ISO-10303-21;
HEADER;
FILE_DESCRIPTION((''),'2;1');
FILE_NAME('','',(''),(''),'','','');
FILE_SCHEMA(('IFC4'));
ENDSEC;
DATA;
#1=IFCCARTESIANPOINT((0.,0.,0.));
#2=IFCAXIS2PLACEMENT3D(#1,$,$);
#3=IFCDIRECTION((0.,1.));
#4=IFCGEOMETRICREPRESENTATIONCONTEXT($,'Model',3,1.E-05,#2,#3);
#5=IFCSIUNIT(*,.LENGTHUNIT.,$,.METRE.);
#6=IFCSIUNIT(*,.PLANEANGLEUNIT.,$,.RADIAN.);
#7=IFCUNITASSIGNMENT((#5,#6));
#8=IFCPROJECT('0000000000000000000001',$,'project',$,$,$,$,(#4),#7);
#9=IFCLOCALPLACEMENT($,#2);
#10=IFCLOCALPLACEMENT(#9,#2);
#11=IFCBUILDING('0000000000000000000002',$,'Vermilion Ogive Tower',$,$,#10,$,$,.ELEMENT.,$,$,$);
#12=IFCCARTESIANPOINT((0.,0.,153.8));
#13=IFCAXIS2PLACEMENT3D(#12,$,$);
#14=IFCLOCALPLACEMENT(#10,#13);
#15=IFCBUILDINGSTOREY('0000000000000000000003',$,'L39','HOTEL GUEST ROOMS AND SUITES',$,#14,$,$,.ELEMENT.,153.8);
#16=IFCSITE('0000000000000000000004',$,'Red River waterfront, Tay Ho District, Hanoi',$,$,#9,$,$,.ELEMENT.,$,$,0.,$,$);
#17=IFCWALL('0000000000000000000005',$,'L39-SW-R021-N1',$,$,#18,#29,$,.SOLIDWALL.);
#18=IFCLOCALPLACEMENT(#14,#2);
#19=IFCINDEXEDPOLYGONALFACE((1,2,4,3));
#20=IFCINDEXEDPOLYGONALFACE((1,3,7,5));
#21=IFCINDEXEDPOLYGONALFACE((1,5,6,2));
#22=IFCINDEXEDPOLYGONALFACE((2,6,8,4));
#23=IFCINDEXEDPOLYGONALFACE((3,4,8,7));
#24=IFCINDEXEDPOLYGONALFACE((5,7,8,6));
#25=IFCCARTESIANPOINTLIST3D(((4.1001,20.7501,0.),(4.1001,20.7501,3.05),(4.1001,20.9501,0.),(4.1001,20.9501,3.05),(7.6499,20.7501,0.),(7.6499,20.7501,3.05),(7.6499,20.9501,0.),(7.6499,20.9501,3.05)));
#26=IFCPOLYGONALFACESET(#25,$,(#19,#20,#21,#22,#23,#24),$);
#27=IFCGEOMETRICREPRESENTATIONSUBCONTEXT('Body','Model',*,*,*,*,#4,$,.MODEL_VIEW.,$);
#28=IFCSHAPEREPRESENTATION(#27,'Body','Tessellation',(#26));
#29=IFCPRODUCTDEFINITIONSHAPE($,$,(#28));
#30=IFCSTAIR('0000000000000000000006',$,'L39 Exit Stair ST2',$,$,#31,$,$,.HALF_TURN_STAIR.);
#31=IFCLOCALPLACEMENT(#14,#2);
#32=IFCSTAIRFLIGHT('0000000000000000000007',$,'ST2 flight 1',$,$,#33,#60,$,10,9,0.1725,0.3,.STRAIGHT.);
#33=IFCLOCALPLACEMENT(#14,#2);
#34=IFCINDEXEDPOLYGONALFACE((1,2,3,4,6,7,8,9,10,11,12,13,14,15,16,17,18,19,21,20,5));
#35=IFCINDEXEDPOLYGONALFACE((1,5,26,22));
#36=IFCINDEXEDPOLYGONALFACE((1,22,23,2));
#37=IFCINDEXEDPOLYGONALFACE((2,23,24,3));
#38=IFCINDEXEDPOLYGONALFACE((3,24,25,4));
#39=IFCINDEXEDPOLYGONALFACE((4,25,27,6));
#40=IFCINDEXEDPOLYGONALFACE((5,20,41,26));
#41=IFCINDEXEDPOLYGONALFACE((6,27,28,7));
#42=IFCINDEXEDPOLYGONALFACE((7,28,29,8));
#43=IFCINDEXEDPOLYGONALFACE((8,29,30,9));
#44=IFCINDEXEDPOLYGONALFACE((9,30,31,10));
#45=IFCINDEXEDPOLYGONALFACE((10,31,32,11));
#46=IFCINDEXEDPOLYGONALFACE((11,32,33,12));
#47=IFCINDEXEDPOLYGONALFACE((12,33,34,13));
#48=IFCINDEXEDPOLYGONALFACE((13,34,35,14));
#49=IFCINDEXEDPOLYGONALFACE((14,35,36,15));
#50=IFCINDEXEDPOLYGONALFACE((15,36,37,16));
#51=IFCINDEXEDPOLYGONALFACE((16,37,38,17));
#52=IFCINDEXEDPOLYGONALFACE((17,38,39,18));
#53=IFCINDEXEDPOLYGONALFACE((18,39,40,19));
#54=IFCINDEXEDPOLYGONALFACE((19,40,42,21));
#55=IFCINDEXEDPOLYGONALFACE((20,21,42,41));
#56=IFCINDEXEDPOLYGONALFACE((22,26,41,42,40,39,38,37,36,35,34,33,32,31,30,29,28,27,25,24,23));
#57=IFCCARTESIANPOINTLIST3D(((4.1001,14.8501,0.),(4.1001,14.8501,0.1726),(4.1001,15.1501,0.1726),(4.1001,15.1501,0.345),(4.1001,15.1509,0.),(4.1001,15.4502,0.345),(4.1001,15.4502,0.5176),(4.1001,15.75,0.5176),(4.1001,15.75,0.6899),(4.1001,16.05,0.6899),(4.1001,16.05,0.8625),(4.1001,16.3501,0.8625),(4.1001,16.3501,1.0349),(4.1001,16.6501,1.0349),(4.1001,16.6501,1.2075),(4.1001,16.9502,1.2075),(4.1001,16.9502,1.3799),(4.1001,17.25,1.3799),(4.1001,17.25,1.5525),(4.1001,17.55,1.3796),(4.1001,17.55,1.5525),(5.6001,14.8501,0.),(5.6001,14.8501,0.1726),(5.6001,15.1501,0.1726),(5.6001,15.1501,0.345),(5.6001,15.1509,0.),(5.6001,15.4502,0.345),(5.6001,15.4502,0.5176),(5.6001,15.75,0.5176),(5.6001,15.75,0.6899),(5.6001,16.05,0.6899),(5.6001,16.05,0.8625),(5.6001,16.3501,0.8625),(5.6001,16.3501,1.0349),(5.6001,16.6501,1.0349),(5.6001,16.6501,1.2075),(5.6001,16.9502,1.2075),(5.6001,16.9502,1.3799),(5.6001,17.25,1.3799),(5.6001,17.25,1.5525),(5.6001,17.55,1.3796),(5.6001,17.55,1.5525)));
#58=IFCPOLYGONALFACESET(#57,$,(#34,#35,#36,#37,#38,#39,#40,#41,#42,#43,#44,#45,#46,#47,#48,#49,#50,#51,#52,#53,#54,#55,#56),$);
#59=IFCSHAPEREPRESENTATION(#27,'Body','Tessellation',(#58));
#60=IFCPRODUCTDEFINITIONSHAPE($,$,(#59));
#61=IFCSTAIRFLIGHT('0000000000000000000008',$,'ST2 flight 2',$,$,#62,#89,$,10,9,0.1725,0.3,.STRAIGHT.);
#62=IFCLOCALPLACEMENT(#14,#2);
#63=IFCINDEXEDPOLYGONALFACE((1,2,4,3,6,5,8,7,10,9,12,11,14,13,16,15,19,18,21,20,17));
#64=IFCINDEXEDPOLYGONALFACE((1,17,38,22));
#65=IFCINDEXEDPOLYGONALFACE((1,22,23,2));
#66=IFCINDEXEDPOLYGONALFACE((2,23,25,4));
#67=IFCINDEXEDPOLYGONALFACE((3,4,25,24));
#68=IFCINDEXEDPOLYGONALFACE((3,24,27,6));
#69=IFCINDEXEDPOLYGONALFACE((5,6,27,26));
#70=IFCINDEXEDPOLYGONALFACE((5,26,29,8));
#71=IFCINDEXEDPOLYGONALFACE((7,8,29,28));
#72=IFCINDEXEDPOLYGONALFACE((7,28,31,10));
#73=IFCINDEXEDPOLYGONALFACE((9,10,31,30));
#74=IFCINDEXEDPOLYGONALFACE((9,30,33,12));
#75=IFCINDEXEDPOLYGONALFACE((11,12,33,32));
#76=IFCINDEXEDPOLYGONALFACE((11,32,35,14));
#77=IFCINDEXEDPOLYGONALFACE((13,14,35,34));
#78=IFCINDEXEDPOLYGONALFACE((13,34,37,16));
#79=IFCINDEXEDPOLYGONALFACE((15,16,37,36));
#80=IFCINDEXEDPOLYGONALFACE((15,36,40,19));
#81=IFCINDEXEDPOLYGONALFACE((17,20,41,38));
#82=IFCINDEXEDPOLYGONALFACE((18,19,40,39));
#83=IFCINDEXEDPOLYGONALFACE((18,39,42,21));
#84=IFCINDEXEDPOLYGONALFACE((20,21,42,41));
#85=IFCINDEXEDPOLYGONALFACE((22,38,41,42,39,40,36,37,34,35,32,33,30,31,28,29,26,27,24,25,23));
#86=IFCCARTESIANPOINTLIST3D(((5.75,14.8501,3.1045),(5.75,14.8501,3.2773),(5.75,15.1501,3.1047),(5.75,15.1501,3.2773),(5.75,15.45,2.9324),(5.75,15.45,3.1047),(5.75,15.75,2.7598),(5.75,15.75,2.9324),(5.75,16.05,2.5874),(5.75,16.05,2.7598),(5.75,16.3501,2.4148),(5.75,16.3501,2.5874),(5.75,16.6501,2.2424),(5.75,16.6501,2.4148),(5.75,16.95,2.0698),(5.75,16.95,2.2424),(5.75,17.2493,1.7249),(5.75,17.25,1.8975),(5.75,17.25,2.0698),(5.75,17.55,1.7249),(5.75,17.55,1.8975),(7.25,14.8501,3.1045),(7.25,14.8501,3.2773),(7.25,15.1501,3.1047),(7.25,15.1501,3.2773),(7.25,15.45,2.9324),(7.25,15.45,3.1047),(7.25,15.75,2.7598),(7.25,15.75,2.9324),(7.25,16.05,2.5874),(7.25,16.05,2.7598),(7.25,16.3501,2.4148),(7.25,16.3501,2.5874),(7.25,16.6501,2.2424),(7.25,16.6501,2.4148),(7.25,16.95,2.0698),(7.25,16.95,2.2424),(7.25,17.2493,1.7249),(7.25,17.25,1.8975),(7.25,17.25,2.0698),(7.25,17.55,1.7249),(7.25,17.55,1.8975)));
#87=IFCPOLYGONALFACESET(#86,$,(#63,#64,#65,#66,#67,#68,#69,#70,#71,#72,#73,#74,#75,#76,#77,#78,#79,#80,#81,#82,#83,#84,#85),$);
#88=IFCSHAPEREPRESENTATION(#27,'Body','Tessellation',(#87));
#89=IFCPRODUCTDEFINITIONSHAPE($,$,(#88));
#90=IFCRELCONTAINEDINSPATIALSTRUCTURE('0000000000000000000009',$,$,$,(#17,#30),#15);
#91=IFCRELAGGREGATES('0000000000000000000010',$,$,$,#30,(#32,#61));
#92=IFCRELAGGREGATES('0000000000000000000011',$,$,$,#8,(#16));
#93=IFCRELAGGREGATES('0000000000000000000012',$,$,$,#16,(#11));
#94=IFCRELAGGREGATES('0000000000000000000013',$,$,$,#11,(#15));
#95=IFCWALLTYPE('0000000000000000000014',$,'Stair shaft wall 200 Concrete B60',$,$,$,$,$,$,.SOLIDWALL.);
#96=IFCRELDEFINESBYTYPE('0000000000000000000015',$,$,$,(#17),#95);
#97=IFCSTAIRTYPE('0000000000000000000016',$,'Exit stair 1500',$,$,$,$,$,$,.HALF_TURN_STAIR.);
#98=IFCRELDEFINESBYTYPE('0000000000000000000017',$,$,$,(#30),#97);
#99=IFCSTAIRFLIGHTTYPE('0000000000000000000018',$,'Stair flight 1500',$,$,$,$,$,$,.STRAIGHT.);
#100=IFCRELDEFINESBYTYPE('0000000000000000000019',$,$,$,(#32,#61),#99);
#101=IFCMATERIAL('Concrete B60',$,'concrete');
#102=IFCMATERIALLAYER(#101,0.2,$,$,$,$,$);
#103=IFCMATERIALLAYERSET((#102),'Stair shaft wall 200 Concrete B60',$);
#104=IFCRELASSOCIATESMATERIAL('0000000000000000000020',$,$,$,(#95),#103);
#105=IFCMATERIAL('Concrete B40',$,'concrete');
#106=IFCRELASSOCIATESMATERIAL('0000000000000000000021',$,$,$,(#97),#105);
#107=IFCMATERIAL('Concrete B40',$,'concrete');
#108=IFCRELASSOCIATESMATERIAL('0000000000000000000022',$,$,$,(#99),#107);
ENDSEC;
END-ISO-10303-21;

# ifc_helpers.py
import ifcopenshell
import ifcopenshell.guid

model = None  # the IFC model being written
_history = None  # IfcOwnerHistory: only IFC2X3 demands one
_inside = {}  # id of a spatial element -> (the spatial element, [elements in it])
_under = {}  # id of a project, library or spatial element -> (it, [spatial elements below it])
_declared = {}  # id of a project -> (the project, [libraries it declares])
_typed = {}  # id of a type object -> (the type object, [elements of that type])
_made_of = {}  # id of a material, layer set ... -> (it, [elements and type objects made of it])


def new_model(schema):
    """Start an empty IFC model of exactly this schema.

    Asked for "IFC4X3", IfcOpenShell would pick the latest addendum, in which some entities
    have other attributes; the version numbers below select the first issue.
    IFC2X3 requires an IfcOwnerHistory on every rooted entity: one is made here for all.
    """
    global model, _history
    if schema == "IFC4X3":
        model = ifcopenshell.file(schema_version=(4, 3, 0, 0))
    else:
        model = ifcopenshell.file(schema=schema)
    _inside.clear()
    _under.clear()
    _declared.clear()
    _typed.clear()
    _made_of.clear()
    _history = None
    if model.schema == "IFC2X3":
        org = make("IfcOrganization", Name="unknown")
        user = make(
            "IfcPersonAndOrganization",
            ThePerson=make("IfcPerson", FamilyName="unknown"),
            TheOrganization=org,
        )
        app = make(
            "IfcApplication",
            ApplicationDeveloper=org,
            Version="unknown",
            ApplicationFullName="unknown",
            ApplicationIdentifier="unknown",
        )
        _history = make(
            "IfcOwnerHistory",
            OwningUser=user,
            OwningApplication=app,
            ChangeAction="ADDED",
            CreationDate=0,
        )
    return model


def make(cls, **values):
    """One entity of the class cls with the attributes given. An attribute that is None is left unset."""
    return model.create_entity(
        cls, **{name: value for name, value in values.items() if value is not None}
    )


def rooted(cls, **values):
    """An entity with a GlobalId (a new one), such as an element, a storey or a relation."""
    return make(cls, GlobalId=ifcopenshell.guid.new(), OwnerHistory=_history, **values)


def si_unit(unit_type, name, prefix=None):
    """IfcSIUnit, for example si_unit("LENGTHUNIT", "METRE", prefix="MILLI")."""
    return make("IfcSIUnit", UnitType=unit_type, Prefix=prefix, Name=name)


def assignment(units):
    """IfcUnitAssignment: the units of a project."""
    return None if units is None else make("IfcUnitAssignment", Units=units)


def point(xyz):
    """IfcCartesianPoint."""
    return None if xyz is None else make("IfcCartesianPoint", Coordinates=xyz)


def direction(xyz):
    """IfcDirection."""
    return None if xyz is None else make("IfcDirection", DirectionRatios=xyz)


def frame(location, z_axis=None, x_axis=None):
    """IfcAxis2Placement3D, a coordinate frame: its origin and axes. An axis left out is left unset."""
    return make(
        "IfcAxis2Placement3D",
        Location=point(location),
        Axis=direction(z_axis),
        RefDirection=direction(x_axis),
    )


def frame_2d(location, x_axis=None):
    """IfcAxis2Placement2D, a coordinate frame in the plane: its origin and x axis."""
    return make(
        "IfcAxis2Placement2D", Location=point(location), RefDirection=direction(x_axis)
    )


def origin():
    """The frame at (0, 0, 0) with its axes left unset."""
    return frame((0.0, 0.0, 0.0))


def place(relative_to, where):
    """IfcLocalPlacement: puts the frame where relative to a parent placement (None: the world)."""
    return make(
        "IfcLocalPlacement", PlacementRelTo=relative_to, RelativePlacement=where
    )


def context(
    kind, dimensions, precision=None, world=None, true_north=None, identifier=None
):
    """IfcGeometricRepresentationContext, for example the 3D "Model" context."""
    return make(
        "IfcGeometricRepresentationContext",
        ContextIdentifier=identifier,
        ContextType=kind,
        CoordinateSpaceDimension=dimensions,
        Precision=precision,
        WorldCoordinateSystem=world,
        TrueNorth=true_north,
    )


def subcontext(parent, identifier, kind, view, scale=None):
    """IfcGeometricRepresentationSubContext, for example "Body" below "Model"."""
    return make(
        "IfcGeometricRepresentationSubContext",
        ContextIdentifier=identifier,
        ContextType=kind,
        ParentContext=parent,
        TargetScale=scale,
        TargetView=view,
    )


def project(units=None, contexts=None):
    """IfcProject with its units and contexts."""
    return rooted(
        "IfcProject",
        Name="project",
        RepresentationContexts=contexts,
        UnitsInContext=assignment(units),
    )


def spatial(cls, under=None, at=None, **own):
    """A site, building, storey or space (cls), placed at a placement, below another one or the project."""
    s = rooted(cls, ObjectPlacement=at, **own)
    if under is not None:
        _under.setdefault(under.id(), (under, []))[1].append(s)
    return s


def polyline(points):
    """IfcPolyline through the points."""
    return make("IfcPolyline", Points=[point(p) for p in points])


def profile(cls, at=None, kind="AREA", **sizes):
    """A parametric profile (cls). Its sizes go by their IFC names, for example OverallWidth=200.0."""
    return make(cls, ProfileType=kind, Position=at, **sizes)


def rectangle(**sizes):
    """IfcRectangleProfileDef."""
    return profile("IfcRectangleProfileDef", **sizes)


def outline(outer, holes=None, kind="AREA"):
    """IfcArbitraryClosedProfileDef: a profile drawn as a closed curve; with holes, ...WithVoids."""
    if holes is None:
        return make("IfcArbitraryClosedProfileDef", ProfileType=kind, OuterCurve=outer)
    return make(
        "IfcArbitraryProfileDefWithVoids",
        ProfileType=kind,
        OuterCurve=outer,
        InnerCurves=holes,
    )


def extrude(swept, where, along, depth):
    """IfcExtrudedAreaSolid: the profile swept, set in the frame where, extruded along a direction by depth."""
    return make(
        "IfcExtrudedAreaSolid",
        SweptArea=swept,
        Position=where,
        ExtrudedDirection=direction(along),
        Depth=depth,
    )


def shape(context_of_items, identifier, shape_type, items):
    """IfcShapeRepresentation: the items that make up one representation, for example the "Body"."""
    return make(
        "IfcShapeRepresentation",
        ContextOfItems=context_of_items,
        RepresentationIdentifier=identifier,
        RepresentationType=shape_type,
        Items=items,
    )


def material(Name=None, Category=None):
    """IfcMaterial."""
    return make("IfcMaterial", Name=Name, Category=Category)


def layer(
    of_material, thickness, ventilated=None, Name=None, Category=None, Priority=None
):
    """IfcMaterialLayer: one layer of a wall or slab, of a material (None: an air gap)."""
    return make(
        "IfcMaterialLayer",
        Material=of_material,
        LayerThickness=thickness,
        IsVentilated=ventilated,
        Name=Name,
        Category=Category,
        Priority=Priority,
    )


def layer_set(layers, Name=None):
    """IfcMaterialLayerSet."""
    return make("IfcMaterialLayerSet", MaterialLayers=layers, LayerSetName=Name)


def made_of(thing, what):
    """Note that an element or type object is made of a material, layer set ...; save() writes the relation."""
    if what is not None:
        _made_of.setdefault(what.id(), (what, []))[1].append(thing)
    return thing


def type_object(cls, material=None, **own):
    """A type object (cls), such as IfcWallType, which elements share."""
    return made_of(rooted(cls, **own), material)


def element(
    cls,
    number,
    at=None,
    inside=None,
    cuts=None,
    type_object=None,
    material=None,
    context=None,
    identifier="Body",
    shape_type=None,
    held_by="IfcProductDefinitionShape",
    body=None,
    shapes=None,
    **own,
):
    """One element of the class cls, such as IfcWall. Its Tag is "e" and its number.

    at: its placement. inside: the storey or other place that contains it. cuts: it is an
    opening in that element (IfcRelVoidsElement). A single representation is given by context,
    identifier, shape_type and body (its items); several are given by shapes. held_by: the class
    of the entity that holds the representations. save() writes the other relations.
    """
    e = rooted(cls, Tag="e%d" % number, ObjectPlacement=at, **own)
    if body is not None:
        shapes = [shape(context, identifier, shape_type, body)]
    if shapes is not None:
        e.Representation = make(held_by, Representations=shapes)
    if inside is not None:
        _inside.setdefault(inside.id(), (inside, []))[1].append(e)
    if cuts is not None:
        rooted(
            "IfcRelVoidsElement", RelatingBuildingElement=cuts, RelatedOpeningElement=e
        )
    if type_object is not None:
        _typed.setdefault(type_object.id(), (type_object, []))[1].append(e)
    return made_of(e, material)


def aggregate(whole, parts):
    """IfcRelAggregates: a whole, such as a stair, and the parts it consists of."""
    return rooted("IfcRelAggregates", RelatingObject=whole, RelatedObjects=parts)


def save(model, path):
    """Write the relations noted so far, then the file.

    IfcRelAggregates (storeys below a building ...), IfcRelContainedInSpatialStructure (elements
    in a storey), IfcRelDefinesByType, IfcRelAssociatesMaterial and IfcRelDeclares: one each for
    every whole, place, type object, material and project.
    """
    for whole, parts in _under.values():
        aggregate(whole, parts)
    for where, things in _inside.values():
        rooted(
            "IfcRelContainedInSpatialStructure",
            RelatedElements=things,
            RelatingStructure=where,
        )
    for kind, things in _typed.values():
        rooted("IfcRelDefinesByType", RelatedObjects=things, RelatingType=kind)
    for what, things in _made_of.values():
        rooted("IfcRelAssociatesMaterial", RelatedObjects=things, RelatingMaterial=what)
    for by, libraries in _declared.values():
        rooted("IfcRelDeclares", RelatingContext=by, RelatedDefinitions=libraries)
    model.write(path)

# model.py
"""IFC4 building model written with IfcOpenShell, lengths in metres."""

from ifc_helpers import new_model, si_unit, direction, frame, frame_2d, origin, place, context, subcontext, project, spatial, polyline, rectangle, outline, extrude, material, layer, layer_set, type_object, element, aggregate, save


model = new_model("IFC4")

# Units and contexts
model_context = context("Model", 3, precision=1e-05, world=origin(), true_north=direction((0.0, 1.0)))
body_context = subcontext(model_context, "Body", "Model", "MODEL_VIEW")
ifc_project = project(units=[si_unit("LENGTHUNIT", "METRE"), si_unit("PLANEANGLEUNIT", "RADIAN")], contexts=[model_context])

# Site, building, storey
site_placement = place(None, origin())
site = spatial("IfcSite", under=ifc_project, at=site_placement, Name="Red River waterfront, Tay Ho District, Hanoi", CompositionType="ELEMENT", RefElevation=0.0)
building_placement = place(site_placement, origin())
building = spatial("IfcBuilding", under=site, at=building_placement, Name="Vermilion Ogive Tower", CompositionType="ELEMENT")
storey_placement = place(building_placement, frame((0.0, 0.0, 153.8)))
storey = spatial("IfcBuildingStorey", under=building, at=storey_placement, Name="L39", Description="HOTEL GUEST ROOMS AND SUITES", CompositionType="ELEMENT", Elevation=153.8)

# Shared definitions
ifc_material_1 = material(Name="Concrete B60", Category="concrete")
ifc_layer_1 = layer(ifc_material_1, 0.2)
ifc_layer_set_1 = layer_set([ifc_layer_1], Name="Stair shaft wall 200 Concrete B60")
wall_type_1 = type_object("IfcWallType", Name="Stair shaft wall 200 Concrete B60", PredefinedType="SOLIDWALL", material=ifc_layer_set_1)

# Wall
wall_1_placement = place(storey_placement, frame((4.1001, 20.8501, 0.0), z_axis=(0.0, 0.0, 1.0), x_axis=(1.0, 0.0, 0.0)))
element("IfcWall", 1, at=wall_1_placement, inside=storey, type_object=wall_type_1, Name="L39-SW-R021-N1", PredefinedType="SOLIDWALL", context=body_context, shape_type="SweptSolid", body=[
    extrude(rectangle(XDim=3.5498, YDim=0.2, at=frame_2d((1.7749, 0.0))), origin(), (0.0, 0.0, 1.0), 3.05),
])

# Stair, stair flights
ifc_material_2 = material(Name="Concrete B40", Category="concrete")
stair_type = type_object("IfcStairType", Name="Exit stair 1500", PredefinedType="HALF_TURN_STAIR", material=ifc_material_2)
stair_placement = place(storey_placement, origin())
stair = element("IfcStair", 2, at=stair_placement, inside=storey, type_object=stair_type, Name="L39 Exit Stair ST2", PredefinedType="HALF_TURN_STAIR")
ifc_material_3 = material(Name="Concrete B40", Category="concrete")
stair_flight_type = type_object("IfcStairFlightType", Name="Stair flight 1500", PredefinedType="STRAIGHT", material=ifc_material_3)
stair_flight_1_placement = place(storey_placement, frame((4.8501, 14.8501, 0.0), z_axis=(0.0, 0.0, 1.0), x_axis=(0.0, 1.0, 0.0)))
stair_flight_1 = element("IfcStairFlight", 3, at=stair_flight_1_placement, type_object=stair_flight_type, Name="ST2 flight 1", NumberOfRisers=10, NumberOfTreads=9, PredefinedType="STRAIGHT", RiserHeight=0.1725, TreadLength=0.3, context=body_context, shape_type="SweptSolid", body=[
    extrude(outline(polyline([(0.0, 0.0), (0.0, 0.1726), (0.3, 0.1726), (0.3, 0.345), (0.6001, 0.345), (0.6001, 0.5176), (0.8999, 0.5176), (0.8999, 0.6899), (1.2, 0.6899), (1.2, 0.8625), (1.5, 0.8625), (1.5, 1.0349), (1.8, 1.0349), (1.8, 1.2075), (2.1001, 1.2075), (2.1001, 1.3799), (2.3999, 1.3799), (2.3999, 1.5525), (2.7, 1.5525), (2.7, 1.7251), (2.7, 1.3796), (0.3008, 0.0), (0.0, 0.0)])), frame((0.0, 0.75, 0.0), z_axis=(0.0, -1.0, 0.0), x_axis=(1.0, 0.0, 0.0)), (0.0, 0.0, 1.0), 1.5),
])
stair_flight_2_placement = place(storey_placement, frame((6.5, 17.55, 1.7249), z_axis=(0.0, 0.0, 1.0), x_axis=(0.0, -1.0, 0.0)))
stair_flight_2 = element("IfcStairFlight", 4, at=stair_flight_2_placement, type_object=stair_flight_type, Name="ST2 flight 2", NumberOfRisers=10, NumberOfTreads=9, PredefinedType="STRAIGHT", RiserHeight=0.1725, TreadLength=0.3, context=body_context, shape_type="SweptSolid", body=[
    extrude(outline(polyline([(0.0, 0.0), (0.0, 0.1726), (0.3, 0.1726), (0.3, 0.345), (0.6001, 0.345), (0.6001, 0.5176), (0.8999, 0.5176), (0.8999, 0.6899), (1.2, 0.6899), (1.2, 0.8625), (1.5, 0.8625), (1.5, 1.0349), (1.8, 1.0349), (1.8, 1.2075), (2.1001, 1.2075), (2.1001, 1.3799), (2.3999, 1.3799), (2.3999, 1.5525), (2.7, 1.5525), (2.7, 1.7251), (2.7, 1.3796), (0.3008, 0.0), (0.0, 0.0)])), frame((0.0, 0.75, 0.0), z_axis=(0.0, -1.0, 0.0), x_axis=(1.0, 0.0, 0.0)), (0.0, 0.0, 1.0), 1.5),
])
aggregate(stair, [stair_flight_1, stair_flight_2])

save(model, "model.ifc")
